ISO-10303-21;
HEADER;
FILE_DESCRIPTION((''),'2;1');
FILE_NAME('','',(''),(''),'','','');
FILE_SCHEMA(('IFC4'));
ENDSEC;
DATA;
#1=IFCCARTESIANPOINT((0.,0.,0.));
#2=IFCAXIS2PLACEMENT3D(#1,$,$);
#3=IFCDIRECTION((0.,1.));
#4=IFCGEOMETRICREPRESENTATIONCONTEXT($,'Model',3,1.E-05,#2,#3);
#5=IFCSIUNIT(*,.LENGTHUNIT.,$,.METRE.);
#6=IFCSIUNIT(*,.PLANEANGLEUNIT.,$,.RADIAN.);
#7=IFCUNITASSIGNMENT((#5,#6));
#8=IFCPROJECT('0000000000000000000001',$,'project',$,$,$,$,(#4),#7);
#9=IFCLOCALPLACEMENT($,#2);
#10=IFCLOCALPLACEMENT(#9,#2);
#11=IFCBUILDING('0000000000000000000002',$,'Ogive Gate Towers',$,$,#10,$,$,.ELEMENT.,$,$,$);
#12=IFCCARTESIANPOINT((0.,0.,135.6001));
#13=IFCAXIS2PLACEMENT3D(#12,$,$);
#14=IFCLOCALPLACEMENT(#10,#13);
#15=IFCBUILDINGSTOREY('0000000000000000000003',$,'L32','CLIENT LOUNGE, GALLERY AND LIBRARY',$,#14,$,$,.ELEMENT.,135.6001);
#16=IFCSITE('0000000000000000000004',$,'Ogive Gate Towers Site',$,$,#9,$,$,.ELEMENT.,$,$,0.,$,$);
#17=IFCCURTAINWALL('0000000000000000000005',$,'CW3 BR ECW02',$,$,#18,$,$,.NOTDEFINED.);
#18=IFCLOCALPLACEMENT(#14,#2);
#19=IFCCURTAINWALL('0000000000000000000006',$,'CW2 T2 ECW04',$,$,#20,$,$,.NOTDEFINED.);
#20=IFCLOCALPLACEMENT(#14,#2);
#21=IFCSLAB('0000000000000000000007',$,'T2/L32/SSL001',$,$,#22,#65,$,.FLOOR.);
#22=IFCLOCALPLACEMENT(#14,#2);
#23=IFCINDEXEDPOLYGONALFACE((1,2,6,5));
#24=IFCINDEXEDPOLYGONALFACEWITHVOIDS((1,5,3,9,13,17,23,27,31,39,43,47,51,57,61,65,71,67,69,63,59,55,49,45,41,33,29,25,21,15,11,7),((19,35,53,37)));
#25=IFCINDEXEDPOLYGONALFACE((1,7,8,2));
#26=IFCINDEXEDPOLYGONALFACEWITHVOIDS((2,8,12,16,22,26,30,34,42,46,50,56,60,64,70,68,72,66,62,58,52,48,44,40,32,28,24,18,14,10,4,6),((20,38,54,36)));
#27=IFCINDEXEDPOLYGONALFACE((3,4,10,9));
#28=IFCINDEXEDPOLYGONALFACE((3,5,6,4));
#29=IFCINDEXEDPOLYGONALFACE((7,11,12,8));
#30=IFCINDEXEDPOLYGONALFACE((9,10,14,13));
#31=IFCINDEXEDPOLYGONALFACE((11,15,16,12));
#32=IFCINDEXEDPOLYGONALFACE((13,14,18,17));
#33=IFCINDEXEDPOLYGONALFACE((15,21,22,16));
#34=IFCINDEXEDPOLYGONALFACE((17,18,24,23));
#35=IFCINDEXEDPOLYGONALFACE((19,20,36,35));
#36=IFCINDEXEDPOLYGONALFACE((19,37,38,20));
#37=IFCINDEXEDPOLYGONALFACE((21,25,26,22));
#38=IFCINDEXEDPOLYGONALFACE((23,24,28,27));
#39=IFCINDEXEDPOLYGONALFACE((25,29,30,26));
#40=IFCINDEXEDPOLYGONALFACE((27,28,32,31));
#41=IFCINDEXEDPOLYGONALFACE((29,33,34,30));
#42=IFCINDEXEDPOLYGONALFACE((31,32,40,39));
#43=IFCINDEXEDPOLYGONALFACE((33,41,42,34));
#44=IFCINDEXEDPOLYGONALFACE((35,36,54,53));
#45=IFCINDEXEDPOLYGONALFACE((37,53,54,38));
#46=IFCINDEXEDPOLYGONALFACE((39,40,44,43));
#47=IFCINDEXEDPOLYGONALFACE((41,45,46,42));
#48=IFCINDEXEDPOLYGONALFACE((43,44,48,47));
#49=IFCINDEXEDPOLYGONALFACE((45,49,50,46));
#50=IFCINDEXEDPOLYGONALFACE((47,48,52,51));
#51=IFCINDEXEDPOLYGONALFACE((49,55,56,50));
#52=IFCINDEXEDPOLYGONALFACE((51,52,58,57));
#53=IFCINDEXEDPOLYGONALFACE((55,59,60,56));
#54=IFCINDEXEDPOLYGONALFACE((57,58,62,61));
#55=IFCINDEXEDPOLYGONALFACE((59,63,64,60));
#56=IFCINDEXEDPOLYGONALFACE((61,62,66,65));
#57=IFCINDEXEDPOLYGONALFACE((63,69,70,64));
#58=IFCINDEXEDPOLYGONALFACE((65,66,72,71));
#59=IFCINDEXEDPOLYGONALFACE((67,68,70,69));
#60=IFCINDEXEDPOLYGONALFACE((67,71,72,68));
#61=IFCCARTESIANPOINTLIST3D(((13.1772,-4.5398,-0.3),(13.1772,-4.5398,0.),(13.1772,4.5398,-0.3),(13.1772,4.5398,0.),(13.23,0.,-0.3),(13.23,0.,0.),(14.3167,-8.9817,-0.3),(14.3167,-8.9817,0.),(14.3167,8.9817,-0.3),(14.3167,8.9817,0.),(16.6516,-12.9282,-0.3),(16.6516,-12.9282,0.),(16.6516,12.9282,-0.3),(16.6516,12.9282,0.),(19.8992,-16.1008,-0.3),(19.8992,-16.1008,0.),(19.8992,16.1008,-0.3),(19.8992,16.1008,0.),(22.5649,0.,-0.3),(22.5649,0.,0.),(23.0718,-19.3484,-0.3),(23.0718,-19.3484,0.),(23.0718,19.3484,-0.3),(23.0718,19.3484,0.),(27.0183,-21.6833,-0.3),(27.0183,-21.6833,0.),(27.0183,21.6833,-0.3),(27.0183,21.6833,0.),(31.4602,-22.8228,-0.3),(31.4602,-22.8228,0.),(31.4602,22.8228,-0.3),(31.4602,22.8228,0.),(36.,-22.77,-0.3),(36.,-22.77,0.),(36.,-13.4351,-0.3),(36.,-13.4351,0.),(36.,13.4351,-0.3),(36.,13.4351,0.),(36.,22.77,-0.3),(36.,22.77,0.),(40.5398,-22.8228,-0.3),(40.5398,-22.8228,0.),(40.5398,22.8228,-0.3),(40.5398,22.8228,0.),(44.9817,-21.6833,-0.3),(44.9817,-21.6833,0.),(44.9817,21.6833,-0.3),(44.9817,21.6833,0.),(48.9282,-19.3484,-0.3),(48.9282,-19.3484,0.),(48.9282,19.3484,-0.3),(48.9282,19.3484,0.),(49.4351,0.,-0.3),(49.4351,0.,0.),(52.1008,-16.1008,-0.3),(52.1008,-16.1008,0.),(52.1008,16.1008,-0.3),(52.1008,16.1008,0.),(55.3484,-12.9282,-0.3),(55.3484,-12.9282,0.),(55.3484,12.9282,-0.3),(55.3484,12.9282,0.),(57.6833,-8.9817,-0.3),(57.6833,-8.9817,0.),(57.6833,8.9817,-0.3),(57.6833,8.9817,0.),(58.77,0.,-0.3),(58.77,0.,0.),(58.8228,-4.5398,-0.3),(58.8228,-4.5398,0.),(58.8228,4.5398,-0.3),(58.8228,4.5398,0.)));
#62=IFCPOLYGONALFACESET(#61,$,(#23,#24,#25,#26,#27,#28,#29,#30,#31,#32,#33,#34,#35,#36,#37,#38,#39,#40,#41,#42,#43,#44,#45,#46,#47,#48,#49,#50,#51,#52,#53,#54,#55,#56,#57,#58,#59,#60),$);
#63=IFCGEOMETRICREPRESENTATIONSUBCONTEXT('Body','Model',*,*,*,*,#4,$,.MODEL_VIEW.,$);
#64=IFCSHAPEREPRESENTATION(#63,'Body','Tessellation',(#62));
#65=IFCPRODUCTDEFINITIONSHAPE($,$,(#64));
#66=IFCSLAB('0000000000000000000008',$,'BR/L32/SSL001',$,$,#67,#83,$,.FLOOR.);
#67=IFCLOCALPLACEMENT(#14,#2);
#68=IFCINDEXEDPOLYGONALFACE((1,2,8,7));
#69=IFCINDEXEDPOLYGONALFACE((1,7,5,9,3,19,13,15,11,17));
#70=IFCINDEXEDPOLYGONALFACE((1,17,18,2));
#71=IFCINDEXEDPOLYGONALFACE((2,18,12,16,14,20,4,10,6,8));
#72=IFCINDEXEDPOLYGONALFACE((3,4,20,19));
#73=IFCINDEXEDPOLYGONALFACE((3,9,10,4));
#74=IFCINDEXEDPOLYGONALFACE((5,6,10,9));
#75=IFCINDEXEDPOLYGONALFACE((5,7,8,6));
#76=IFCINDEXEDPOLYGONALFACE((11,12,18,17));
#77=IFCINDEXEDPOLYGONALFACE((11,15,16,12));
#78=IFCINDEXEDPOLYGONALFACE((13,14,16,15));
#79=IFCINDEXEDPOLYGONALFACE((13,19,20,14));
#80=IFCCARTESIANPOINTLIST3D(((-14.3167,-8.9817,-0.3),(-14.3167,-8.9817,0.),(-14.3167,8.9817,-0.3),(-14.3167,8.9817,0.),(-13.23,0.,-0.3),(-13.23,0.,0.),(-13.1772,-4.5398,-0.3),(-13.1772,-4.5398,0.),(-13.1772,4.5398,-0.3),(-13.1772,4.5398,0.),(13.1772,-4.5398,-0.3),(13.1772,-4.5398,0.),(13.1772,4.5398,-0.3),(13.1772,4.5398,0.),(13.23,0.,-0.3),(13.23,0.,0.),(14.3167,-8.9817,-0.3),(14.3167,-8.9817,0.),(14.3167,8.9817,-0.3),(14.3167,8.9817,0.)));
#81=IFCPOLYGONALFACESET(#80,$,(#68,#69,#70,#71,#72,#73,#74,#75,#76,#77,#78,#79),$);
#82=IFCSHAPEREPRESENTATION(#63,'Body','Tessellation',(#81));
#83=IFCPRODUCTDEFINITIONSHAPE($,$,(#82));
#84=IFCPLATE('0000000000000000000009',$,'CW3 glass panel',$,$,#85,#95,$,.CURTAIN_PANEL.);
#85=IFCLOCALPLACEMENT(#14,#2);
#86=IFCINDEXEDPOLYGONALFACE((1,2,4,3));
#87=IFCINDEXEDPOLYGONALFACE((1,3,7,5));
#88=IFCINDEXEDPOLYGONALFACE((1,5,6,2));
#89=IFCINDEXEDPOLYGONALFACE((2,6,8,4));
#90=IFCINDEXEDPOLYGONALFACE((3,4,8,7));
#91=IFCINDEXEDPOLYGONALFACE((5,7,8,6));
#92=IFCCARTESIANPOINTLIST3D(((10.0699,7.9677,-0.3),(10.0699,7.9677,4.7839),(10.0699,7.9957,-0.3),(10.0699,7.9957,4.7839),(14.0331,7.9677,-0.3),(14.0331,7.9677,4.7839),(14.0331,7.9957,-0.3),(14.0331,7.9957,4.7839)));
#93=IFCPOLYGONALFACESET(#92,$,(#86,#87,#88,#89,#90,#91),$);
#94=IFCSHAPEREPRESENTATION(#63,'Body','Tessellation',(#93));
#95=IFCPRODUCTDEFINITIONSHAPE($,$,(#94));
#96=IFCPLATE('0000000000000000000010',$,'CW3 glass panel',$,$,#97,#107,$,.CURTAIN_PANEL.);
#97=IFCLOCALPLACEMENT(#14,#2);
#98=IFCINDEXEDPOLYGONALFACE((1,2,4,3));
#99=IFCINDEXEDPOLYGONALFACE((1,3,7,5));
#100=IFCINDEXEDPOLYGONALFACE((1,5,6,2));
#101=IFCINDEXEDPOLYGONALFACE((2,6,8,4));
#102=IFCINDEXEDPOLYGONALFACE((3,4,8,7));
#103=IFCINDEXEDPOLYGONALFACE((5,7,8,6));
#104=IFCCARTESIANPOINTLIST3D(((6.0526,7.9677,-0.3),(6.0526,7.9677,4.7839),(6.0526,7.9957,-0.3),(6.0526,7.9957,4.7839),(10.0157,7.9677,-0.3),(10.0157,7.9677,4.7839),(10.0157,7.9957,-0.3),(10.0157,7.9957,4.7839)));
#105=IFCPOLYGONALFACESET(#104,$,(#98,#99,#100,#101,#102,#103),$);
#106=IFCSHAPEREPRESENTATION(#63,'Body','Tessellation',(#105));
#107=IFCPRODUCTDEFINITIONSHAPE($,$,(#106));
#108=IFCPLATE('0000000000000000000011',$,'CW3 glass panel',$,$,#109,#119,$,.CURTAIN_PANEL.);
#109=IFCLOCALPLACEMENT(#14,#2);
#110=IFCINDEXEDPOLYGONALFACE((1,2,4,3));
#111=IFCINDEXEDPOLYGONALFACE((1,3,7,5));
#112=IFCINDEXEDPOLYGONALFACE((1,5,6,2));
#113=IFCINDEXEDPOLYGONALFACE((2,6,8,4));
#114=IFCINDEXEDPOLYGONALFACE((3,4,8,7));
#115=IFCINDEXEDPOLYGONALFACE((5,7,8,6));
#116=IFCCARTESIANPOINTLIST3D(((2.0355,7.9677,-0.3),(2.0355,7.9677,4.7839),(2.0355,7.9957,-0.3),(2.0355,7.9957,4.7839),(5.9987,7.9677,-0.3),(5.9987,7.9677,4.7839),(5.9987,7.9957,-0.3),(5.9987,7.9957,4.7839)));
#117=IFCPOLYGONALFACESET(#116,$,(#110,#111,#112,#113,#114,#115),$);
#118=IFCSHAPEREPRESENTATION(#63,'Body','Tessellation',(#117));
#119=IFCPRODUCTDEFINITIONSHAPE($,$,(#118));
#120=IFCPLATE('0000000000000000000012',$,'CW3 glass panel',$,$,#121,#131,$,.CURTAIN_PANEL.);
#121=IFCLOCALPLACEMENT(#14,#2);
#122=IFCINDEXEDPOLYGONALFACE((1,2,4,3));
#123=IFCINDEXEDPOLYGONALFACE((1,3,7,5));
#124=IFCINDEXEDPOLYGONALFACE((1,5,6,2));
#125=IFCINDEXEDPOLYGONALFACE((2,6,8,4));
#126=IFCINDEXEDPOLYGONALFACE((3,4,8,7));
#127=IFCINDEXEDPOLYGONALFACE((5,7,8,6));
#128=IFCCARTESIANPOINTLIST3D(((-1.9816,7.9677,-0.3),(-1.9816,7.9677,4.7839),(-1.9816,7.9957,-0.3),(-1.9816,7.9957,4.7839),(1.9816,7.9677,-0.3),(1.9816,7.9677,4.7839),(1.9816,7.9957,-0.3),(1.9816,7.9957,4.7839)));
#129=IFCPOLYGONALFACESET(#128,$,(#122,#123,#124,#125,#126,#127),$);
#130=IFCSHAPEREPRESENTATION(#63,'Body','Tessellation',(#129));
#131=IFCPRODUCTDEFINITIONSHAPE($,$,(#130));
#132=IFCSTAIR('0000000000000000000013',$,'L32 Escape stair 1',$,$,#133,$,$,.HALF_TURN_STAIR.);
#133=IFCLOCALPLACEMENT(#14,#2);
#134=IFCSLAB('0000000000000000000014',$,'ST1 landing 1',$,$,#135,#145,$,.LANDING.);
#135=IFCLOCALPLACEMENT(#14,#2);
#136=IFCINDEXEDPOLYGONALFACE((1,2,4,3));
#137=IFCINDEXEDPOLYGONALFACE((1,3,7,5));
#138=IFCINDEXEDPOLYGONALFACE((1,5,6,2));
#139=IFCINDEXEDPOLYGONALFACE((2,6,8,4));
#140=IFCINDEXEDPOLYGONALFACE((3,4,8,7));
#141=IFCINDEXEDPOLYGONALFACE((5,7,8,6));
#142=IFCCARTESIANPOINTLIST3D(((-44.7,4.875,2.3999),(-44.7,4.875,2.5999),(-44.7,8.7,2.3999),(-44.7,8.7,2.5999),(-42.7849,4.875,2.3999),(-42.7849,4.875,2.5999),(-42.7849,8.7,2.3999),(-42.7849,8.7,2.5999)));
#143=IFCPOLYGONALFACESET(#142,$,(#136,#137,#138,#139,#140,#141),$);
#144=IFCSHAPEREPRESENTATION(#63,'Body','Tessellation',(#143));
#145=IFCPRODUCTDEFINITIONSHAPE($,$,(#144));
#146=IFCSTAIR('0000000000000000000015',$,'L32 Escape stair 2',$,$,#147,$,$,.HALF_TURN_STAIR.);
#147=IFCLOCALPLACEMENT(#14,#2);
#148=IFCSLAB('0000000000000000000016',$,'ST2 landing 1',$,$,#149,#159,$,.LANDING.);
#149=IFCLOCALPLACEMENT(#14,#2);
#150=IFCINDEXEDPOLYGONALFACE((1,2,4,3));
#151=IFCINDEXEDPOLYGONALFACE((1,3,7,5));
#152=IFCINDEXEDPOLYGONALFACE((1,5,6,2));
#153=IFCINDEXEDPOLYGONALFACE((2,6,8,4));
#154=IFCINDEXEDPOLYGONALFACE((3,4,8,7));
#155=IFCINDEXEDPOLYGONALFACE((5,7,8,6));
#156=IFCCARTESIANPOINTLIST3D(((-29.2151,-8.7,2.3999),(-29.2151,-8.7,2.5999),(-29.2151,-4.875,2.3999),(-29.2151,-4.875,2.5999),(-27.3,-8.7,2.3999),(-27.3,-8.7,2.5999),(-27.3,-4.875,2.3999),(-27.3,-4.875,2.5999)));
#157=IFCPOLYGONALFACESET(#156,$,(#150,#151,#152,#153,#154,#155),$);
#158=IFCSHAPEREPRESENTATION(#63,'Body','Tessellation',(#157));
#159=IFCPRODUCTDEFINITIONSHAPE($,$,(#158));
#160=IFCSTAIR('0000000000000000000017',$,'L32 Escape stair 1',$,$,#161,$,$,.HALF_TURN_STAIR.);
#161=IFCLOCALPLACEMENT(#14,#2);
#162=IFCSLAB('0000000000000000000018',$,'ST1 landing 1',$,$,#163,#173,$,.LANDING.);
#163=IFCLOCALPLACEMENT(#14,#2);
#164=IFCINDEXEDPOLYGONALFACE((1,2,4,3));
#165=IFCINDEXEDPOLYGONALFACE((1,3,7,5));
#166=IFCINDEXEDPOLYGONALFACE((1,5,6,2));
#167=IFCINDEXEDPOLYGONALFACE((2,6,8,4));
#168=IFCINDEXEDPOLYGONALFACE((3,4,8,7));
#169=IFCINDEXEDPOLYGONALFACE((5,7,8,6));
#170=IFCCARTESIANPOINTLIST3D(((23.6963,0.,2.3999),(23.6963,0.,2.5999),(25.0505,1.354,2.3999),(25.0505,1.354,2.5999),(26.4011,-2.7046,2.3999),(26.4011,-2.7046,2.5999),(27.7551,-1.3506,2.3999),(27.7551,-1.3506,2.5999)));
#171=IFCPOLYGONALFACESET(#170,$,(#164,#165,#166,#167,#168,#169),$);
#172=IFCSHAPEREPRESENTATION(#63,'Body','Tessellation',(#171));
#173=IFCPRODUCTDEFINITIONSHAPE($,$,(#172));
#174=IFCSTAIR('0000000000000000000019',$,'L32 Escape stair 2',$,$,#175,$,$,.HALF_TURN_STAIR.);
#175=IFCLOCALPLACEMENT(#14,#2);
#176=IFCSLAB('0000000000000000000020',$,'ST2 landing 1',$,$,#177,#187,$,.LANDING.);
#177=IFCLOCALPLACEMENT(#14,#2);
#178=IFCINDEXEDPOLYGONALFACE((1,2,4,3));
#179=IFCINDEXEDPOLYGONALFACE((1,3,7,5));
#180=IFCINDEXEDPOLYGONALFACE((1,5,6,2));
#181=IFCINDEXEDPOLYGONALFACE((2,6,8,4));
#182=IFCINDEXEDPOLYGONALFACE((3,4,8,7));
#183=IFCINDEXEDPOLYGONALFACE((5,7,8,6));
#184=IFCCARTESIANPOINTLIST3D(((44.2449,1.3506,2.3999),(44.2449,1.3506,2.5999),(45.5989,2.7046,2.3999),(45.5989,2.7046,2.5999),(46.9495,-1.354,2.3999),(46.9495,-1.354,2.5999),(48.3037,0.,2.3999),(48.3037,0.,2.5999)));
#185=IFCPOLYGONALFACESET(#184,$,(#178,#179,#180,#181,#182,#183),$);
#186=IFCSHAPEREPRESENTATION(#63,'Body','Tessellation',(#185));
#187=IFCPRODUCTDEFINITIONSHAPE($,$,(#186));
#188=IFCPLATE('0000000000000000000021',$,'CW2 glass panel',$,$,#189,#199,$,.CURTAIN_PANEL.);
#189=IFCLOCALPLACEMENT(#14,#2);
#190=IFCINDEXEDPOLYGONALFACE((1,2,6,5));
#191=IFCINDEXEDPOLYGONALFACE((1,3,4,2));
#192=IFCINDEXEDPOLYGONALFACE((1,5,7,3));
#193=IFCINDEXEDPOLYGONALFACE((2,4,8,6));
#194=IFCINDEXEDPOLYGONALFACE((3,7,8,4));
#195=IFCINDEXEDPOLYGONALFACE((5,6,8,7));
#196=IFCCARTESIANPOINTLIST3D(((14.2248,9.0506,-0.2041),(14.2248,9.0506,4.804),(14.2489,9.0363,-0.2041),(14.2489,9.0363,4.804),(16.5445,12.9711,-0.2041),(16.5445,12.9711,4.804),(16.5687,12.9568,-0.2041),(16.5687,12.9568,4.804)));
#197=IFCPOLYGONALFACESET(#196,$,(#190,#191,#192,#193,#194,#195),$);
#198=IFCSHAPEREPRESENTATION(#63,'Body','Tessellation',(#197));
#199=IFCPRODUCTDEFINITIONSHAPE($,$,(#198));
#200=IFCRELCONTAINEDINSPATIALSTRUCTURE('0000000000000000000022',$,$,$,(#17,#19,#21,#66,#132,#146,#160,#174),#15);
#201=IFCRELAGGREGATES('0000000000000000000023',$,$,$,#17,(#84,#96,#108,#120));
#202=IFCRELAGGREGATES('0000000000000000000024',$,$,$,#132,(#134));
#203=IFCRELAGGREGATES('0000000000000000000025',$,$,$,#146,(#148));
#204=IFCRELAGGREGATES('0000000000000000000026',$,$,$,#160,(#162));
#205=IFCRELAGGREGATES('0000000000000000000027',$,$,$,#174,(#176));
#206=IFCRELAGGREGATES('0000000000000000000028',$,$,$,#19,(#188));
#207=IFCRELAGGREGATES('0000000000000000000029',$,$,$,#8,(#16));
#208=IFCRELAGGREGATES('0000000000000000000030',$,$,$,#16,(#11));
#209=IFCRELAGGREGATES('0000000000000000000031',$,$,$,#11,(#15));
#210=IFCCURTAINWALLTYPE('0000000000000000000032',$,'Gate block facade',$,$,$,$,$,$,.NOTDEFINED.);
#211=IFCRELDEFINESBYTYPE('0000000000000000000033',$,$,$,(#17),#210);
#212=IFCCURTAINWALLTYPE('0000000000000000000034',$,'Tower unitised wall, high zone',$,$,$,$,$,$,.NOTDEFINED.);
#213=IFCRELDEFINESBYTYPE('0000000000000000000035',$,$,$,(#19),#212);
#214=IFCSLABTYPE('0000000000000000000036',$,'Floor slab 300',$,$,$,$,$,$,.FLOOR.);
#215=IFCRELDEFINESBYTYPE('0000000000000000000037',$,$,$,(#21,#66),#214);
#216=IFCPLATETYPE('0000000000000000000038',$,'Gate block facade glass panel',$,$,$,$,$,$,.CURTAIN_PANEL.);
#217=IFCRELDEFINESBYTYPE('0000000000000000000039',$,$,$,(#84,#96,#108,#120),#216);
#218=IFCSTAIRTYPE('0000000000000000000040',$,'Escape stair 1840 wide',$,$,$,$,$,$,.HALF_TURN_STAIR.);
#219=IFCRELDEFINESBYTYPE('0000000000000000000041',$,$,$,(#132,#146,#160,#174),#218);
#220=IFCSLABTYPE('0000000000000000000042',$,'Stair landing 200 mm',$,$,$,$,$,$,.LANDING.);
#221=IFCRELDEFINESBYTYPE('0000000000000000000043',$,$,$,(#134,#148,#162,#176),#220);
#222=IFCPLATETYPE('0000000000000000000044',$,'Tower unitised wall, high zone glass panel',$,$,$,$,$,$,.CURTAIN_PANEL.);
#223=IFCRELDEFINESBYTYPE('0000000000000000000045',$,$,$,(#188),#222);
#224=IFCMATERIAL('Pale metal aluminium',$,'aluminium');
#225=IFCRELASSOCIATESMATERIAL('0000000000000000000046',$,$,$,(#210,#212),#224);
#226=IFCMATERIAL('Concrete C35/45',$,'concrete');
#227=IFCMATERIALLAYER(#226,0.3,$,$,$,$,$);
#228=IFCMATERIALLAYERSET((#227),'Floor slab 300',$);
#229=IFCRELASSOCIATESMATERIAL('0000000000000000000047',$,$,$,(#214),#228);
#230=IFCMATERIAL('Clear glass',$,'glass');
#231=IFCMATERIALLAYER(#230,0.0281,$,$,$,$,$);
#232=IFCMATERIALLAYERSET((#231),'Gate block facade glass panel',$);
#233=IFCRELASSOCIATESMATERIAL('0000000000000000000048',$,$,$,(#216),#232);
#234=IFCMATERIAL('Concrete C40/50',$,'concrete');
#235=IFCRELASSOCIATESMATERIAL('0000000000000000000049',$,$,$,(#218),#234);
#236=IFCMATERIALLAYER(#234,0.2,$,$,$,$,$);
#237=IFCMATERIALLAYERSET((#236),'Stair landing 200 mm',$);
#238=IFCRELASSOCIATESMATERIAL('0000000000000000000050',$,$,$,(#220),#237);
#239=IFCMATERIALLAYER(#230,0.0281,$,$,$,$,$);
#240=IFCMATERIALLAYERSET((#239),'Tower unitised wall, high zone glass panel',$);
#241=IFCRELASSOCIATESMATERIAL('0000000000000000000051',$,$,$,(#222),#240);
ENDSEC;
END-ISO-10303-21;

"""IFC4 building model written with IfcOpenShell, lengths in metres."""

from ifc_helpers import new_model, si_unit, direction, frame, origin, origin_2d, place, context, subcontext, project, spatial, polyline, rectangle, outline, extrude, material, layer, layer_set, type_object, element, aggregate, save


model = new_model("IFC4")

# Units and contexts
model_context = context("Model", 3, precision=1e-05, world=origin(), true_north=direction((0.0, 1.0)))
body_context = subcontext(model_context, "Body", "Model", "MODEL_VIEW")
ifc_project = project(units=[si_unit("LENGTHUNIT", "METRE"), si_unit("PLANEANGLEUNIT", "RADIAN")], contexts=[model_context])

# Site, building, storey
site_placement = place(None, origin())
site = spatial("IfcSite", under=ifc_project, at=site_placement, Name="Ogive Gate Towers Site", CompositionType="ELEMENT", RefElevation=0.0)
building_placement = place(site_placement, origin())
building = spatial("IfcBuilding", under=site, at=building_placement, Name="Ogive Gate Towers", CompositionType="ELEMENT")
storey_placement = place(building_placement, frame((0.0, 0.0, 135.6001)))
storey = spatial("IfcBuildingStorey", under=building, at=storey_placement, Name="L32", Description="CLIENT LOUNGE, GALLERY AND LIBRARY", CompositionType="ELEMENT", Elevation=135.6001)

# Curtain walls
ifc_material_1 = material(Name="Pale metal aluminium", Category="aluminium")
curtain_wall_type_1 = type_object("IfcCurtainWallType", Name="Gate block facade", PredefinedType="NOTDEFINED", material=ifc_material_1)
curtain_wall_1_placement = place(storey_placement, origin())
curtain_wall_1 = element("IfcCurtainWall", 1, at=curtain_wall_1_placement, inside=storey, type_object=curtain_wall_type_1, Name="CW3 BR ECW02", PredefinedType="NOTDEFINED")
curtain_wall_type_2 = type_object("IfcCurtainWallType", Name="Tower unitised wall, high zone", PredefinedType="NOTDEFINED", material=ifc_material_1)
curtain_wall_2_placement = place(storey_placement, origin())
curtain_wall_2 = element("IfcCurtainWall", 2, at=curtain_wall_2_placement, inside=storey, type_object=curtain_wall_type_2, Name="CW2 T2 ECW04", PredefinedType="NOTDEFINED")

# Slabs
ifc_material_2 = material(Name="Concrete C40/50", Category="concrete")
ifc_material_3 = material(Name="Concrete C35/45", Category="concrete")
ifc_layer_1 = layer(ifc_material_3, 0.3)
ifc_layer_set_1 = layer_set([ifc_layer_1], Name="Floor slab 300")
slab_type_1 = type_object("IfcSlabType", Name="Floor slab 300", PredefinedType="FLOOR", material=ifc_layer_set_1)
slab_1_placement = place(storey_placement, frame((0.0, 0.0, -0.3)))
element("IfcSlab", 3, at=slab_1_placement, inside=storey, type_object=slab_type_1, Name="T2/L32/SSL001", PredefinedType="FLOOR", context=body_context, shape_type="SweptSolid", body=[
    extrude(outline(polyline([(58.8228, -4.5398), (58.77, 0.0), (58.8228, 4.5398), (57.6833, 8.9817), (55.3484, 12.9282), (52.1008, 16.1008), (48.9282, 19.3484), (44.9817, 21.6833), (40.5398, 22.8228), (36.0, 22.77), (31.4602, 22.8228), (27.0183, 21.6833), (23.0718, 19.3484), (19.8992, 16.1008), (16.6516, 12.9282), (14.3167, 8.9817), (13.1772, 4.5398), (13.23, 0.0), (13.1772, -4.5398), (14.3167, -8.9817), (16.6516, -12.9282), (19.8992, -16.1008), (23.0718, -19.3484), (27.0183, -21.6833), (31.4602, -22.8228), (36.0, -22.77), (40.5398, -22.8228), (44.9817, -21.6833), (48.9282, -19.3484), (52.1008, -16.1008), (55.3484, -12.9282), (57.6833, -8.9817), (58.8228, -4.5398)]), holes=[polyline([(49.4351, 0.0), (36.0, -13.4351), (22.5649, 0.0), (36.0, 13.4351), (49.4351, 0.0)])]), origin(), (0.0, 0.0, 1.0), 0.3),
])
slab_2_placement = place(storey_placement, frame((0.0, 0.0, -0.3)))
element("IfcSlab", 4, at=slab_2_placement, inside=storey, type_object=slab_type_1, Name="BR/L32/SSL001", PredefinedType="FLOOR", context=body_context, shape_type="SweptSolid", body=[
    extrude(outline(polyline([(-14.3167, -8.9817), (14.3167, -8.9817), (14.3167, -8.9817), (13.1772, -4.5398), (13.23, 0.0), (13.1772, 4.5398), (14.3167, 8.9817), (-14.3167, 8.9817), (-13.1772, 4.5398), (-13.23, 0.0), (-13.1772, -4.5398), (-14.3167, -8.9817), (-14.3167, -8.9817)])), origin(), (0.0, 0.0, 1.0), 0.3),
])

# Plates
ifc_material_4 = material(Name="Clear glass", Category="glass")
ifc_layer_2 = layer(ifc_material_4, 0.0281)
ifc_layer_set_2 = layer_set([ifc_layer_2], Name="Gate block facade glass panel")
plate_type_1 = type_object("IfcPlateType", Name="Gate block facade glass panel", PredefinedType="CURTAIN_PANEL", material=ifc_layer_set_2)
plate_1_placement = place(storey_placement, frame((12.0515, 7.9817, -0.3), z_axis=(0.0, 0.0, 1.0), x_axis=(-1.0, 0.0, 0.0)))
plate_1 = element("IfcPlate", 5, at=plate_1_placement, type_object=plate_type_1, Name="CW3 glass panel", PredefinedType="CURTAIN_PANEL", context=body_context, shape_type="SweptSolid", body=[
    extrude(rectangle(XDim=3.9631, YDim=0.0281, at=origin_2d()), origin(), (0.0, 0.0, 1.0), 5.084),
])
plate_2_placement = place(storey_placement, frame((8.0342, 7.9817, -0.3), z_axis=(0.0, 0.0, 1.0), x_axis=(-1.0, 0.0, 0.0)))
plate_2 = element("IfcPlate", 6, at=plate_2_placement, type_object=plate_type_1, Name="CW3 glass panel", PredefinedType="CURTAIN_PANEL", context=body_context, shape_type="SweptSolid", body=[
    extrude(rectangle(XDim=3.9631, YDim=0.0281, at=origin_2d()), origin(), (0.0, 0.0, 1.0), 5.084),
])
plate_3_placement = place(storey_placement, frame((4.0171, 7.9817, -0.3), z_axis=(0.0, 0.0, 1.0), x_axis=(-1.0, 0.0, 0.0)))
plate_3 = element("IfcPlate", 7, at=plate_3_placement, type_object=plate_type_1, Name="CW3 glass panel", PredefinedType="CURTAIN_PANEL", context=body_context, shape_type="SweptSolid", body=[
    extrude(rectangle(XDim=3.9631, YDim=0.0281, at=origin_2d()), origin(), (0.0, 0.0, 1.0), 5.084),
])
plate_4_placement = place(storey_placement, frame((0.0, 7.9817, -0.3), z_axis=(0.0, 0.0, 1.0), x_axis=(-1.0, 0.0, 0.0)))
plate_4 = element("IfcPlate", 8, at=plate_4_placement, type_object=plate_type_1, Name="CW3 glass panel", PredefinedType="CURTAIN_PANEL", context=body_context, shape_type="SweptSolid", body=[
    extrude(rectangle(XDim=3.9631, YDim=0.0281, at=origin_2d()), origin(), (0.0, 0.0, 1.0), 5.084),
])
aggregate(curtain_wall_1, [plate_1, plate_2, plate_3, plate_4])

# Stairs, slabs
stair_type = type_object("IfcStairType", Name="Escape stair 1840 wide", PredefinedType="HALF_TURN_STAIR", material=ifc_material_2)
stair_1_placement = place(storey_placement, origin())
stair_1 = element("IfcStair", 9, at=stair_1_placement, inside=storey, type_object=stair_type, Name="L32 Escape stair 1", PredefinedType="HALF_TURN_STAIR")
ifc_layer_3 = layer(ifc_material_2, 0.2)
ifc_layer_set_3 = layer_set([ifc_layer_3], Name="Stair landing 200 mm")
slab_type_2 = type_object("IfcSlabType", Name="Stair landing 200 mm", PredefinedType="LANDING", material=ifc_layer_set_3)
slab_3_placement = place(storey_placement, frame((0.0, 0.0, 2.3999)))
slab_3 = element("IfcSlab", 10, at=slab_3_placement, type_object=slab_type_2, Name="ST1 landing 1", PredefinedType="LANDING", context=body_context, shape_type="SweptSolid", body=[
    extrude(outline(polyline([(-42.7849, 8.7), (-44.7, 8.7), (-44.7, 4.875), (-42.7849, 4.875), (-42.7849, 8.7)])), origin(), (0.0, 0.0, 1.0), 0.2),
])
aggregate(stair_1, [slab_3])
stair_2_placement = place(storey_placement, origin())
stair_2 = element("IfcStair", 11, at=stair_2_placement, inside=storey, type_object=stair_type, Name="L32 Escape stair 2", PredefinedType="HALF_TURN_STAIR")
slab_4_placement = place(storey_placement, frame((0.0, 0.0, 2.3999)))
slab_4 = element("IfcSlab", 12, at=slab_4_placement, type_object=slab_type_2, Name="ST2 landing 1", PredefinedType="LANDING", context=body_context, shape_type="SweptSolid", body=[
    extrude(outline(polyline([(-29.2151, -8.7), (-27.3, -8.7), (-27.3, -4.875), (-29.2151, -4.875), (-29.2151, -8.7)])), origin(), (0.0, 0.0, 1.0), 0.2),
])
aggregate(stair_2, [slab_4])
stair_3_placement = place(storey_placement, origin())
stair_3 = element("IfcStair", 13, at=stair_3_placement, inside=storey, type_object=stair_type, Name="L32 Escape stair 1", PredefinedType="HALF_TURN_STAIR")
slab_5_placement = place(storey_placement, frame((0.0, 0.0, 2.3999)))
slab_5 = element("IfcSlab", 14, at=slab_5_placement, type_object=slab_type_2, Name="ST1 landing 1", PredefinedType="LANDING", context=body_context, shape_type="SweptSolid", body=[
    extrude(outline(polyline([(25.0505, 1.354), (23.6963, 0.0), (26.4011, -2.7046), (27.7551, -1.3506), (25.0505, 1.354)])), origin(), (0.0, 0.0, 1.0), 0.2),
])
aggregate(stair_3, [slab_5])
stair_4_placement = place(storey_placement, origin())
stair_4 = element("IfcStair", 15, at=stair_4_placement, inside=storey, type_object=stair_type, Name="L32 Escape stair 2", PredefinedType="HALF_TURN_STAIR")
slab_6_placement = place(storey_placement, frame((0.0, 0.0, 2.3999)))
slab_6 = element("IfcSlab", 16, at=slab_6_placement, type_object=slab_type_2, Name="ST2 landing 1", PredefinedType="LANDING", context=body_context, shape_type="SweptSolid", body=[
    extrude(outline(polyline([(46.9495, -1.354), (48.3037, 0.0), (45.5989, 2.7046), (44.2449, 1.3506), (46.9495, -1.354)])), origin(), (0.0, 0.0, 1.0), 0.2),
])
aggregate(stair_4, [slab_6])

# Plate
ifc_layer_4 = layer(ifc_material_4, 0.0281)
ifc_layer_set_4 = layer_set([ifc_layer_4], Name="Tower unitised wall, high zone glass panel")
plate_type_2 = type_object("IfcPlateType", Name="Tower unitised wall, high zone glass panel", PredefinedType="CURTAIN_PANEL", material=ifc_layer_set_4)
plate_5_placement = place(storey_placement, frame((15.3967, 11.0037, -0.2041), z_axis=(0.0, 0.0, 1.0), x_axis=(-0.509237, -0.860627, 0.0)))
plate_5 = element("IfcPlate", 17, at=plate_5_placement, type_object=plate_type_2, Name="CW2 glass panel", PredefinedType="CURTAIN_PANEL", context=body_context, shape_type="SweptSolid", body=[
    extrude(rectangle(XDim=4.5554, YDim=0.0281, at=origin_2d()), origin(), (0.0, 0.0, 1.0), 5.0081),
])
aggregate(curtain_wall_2, [plate_5])

save(model, "model.ifc")
